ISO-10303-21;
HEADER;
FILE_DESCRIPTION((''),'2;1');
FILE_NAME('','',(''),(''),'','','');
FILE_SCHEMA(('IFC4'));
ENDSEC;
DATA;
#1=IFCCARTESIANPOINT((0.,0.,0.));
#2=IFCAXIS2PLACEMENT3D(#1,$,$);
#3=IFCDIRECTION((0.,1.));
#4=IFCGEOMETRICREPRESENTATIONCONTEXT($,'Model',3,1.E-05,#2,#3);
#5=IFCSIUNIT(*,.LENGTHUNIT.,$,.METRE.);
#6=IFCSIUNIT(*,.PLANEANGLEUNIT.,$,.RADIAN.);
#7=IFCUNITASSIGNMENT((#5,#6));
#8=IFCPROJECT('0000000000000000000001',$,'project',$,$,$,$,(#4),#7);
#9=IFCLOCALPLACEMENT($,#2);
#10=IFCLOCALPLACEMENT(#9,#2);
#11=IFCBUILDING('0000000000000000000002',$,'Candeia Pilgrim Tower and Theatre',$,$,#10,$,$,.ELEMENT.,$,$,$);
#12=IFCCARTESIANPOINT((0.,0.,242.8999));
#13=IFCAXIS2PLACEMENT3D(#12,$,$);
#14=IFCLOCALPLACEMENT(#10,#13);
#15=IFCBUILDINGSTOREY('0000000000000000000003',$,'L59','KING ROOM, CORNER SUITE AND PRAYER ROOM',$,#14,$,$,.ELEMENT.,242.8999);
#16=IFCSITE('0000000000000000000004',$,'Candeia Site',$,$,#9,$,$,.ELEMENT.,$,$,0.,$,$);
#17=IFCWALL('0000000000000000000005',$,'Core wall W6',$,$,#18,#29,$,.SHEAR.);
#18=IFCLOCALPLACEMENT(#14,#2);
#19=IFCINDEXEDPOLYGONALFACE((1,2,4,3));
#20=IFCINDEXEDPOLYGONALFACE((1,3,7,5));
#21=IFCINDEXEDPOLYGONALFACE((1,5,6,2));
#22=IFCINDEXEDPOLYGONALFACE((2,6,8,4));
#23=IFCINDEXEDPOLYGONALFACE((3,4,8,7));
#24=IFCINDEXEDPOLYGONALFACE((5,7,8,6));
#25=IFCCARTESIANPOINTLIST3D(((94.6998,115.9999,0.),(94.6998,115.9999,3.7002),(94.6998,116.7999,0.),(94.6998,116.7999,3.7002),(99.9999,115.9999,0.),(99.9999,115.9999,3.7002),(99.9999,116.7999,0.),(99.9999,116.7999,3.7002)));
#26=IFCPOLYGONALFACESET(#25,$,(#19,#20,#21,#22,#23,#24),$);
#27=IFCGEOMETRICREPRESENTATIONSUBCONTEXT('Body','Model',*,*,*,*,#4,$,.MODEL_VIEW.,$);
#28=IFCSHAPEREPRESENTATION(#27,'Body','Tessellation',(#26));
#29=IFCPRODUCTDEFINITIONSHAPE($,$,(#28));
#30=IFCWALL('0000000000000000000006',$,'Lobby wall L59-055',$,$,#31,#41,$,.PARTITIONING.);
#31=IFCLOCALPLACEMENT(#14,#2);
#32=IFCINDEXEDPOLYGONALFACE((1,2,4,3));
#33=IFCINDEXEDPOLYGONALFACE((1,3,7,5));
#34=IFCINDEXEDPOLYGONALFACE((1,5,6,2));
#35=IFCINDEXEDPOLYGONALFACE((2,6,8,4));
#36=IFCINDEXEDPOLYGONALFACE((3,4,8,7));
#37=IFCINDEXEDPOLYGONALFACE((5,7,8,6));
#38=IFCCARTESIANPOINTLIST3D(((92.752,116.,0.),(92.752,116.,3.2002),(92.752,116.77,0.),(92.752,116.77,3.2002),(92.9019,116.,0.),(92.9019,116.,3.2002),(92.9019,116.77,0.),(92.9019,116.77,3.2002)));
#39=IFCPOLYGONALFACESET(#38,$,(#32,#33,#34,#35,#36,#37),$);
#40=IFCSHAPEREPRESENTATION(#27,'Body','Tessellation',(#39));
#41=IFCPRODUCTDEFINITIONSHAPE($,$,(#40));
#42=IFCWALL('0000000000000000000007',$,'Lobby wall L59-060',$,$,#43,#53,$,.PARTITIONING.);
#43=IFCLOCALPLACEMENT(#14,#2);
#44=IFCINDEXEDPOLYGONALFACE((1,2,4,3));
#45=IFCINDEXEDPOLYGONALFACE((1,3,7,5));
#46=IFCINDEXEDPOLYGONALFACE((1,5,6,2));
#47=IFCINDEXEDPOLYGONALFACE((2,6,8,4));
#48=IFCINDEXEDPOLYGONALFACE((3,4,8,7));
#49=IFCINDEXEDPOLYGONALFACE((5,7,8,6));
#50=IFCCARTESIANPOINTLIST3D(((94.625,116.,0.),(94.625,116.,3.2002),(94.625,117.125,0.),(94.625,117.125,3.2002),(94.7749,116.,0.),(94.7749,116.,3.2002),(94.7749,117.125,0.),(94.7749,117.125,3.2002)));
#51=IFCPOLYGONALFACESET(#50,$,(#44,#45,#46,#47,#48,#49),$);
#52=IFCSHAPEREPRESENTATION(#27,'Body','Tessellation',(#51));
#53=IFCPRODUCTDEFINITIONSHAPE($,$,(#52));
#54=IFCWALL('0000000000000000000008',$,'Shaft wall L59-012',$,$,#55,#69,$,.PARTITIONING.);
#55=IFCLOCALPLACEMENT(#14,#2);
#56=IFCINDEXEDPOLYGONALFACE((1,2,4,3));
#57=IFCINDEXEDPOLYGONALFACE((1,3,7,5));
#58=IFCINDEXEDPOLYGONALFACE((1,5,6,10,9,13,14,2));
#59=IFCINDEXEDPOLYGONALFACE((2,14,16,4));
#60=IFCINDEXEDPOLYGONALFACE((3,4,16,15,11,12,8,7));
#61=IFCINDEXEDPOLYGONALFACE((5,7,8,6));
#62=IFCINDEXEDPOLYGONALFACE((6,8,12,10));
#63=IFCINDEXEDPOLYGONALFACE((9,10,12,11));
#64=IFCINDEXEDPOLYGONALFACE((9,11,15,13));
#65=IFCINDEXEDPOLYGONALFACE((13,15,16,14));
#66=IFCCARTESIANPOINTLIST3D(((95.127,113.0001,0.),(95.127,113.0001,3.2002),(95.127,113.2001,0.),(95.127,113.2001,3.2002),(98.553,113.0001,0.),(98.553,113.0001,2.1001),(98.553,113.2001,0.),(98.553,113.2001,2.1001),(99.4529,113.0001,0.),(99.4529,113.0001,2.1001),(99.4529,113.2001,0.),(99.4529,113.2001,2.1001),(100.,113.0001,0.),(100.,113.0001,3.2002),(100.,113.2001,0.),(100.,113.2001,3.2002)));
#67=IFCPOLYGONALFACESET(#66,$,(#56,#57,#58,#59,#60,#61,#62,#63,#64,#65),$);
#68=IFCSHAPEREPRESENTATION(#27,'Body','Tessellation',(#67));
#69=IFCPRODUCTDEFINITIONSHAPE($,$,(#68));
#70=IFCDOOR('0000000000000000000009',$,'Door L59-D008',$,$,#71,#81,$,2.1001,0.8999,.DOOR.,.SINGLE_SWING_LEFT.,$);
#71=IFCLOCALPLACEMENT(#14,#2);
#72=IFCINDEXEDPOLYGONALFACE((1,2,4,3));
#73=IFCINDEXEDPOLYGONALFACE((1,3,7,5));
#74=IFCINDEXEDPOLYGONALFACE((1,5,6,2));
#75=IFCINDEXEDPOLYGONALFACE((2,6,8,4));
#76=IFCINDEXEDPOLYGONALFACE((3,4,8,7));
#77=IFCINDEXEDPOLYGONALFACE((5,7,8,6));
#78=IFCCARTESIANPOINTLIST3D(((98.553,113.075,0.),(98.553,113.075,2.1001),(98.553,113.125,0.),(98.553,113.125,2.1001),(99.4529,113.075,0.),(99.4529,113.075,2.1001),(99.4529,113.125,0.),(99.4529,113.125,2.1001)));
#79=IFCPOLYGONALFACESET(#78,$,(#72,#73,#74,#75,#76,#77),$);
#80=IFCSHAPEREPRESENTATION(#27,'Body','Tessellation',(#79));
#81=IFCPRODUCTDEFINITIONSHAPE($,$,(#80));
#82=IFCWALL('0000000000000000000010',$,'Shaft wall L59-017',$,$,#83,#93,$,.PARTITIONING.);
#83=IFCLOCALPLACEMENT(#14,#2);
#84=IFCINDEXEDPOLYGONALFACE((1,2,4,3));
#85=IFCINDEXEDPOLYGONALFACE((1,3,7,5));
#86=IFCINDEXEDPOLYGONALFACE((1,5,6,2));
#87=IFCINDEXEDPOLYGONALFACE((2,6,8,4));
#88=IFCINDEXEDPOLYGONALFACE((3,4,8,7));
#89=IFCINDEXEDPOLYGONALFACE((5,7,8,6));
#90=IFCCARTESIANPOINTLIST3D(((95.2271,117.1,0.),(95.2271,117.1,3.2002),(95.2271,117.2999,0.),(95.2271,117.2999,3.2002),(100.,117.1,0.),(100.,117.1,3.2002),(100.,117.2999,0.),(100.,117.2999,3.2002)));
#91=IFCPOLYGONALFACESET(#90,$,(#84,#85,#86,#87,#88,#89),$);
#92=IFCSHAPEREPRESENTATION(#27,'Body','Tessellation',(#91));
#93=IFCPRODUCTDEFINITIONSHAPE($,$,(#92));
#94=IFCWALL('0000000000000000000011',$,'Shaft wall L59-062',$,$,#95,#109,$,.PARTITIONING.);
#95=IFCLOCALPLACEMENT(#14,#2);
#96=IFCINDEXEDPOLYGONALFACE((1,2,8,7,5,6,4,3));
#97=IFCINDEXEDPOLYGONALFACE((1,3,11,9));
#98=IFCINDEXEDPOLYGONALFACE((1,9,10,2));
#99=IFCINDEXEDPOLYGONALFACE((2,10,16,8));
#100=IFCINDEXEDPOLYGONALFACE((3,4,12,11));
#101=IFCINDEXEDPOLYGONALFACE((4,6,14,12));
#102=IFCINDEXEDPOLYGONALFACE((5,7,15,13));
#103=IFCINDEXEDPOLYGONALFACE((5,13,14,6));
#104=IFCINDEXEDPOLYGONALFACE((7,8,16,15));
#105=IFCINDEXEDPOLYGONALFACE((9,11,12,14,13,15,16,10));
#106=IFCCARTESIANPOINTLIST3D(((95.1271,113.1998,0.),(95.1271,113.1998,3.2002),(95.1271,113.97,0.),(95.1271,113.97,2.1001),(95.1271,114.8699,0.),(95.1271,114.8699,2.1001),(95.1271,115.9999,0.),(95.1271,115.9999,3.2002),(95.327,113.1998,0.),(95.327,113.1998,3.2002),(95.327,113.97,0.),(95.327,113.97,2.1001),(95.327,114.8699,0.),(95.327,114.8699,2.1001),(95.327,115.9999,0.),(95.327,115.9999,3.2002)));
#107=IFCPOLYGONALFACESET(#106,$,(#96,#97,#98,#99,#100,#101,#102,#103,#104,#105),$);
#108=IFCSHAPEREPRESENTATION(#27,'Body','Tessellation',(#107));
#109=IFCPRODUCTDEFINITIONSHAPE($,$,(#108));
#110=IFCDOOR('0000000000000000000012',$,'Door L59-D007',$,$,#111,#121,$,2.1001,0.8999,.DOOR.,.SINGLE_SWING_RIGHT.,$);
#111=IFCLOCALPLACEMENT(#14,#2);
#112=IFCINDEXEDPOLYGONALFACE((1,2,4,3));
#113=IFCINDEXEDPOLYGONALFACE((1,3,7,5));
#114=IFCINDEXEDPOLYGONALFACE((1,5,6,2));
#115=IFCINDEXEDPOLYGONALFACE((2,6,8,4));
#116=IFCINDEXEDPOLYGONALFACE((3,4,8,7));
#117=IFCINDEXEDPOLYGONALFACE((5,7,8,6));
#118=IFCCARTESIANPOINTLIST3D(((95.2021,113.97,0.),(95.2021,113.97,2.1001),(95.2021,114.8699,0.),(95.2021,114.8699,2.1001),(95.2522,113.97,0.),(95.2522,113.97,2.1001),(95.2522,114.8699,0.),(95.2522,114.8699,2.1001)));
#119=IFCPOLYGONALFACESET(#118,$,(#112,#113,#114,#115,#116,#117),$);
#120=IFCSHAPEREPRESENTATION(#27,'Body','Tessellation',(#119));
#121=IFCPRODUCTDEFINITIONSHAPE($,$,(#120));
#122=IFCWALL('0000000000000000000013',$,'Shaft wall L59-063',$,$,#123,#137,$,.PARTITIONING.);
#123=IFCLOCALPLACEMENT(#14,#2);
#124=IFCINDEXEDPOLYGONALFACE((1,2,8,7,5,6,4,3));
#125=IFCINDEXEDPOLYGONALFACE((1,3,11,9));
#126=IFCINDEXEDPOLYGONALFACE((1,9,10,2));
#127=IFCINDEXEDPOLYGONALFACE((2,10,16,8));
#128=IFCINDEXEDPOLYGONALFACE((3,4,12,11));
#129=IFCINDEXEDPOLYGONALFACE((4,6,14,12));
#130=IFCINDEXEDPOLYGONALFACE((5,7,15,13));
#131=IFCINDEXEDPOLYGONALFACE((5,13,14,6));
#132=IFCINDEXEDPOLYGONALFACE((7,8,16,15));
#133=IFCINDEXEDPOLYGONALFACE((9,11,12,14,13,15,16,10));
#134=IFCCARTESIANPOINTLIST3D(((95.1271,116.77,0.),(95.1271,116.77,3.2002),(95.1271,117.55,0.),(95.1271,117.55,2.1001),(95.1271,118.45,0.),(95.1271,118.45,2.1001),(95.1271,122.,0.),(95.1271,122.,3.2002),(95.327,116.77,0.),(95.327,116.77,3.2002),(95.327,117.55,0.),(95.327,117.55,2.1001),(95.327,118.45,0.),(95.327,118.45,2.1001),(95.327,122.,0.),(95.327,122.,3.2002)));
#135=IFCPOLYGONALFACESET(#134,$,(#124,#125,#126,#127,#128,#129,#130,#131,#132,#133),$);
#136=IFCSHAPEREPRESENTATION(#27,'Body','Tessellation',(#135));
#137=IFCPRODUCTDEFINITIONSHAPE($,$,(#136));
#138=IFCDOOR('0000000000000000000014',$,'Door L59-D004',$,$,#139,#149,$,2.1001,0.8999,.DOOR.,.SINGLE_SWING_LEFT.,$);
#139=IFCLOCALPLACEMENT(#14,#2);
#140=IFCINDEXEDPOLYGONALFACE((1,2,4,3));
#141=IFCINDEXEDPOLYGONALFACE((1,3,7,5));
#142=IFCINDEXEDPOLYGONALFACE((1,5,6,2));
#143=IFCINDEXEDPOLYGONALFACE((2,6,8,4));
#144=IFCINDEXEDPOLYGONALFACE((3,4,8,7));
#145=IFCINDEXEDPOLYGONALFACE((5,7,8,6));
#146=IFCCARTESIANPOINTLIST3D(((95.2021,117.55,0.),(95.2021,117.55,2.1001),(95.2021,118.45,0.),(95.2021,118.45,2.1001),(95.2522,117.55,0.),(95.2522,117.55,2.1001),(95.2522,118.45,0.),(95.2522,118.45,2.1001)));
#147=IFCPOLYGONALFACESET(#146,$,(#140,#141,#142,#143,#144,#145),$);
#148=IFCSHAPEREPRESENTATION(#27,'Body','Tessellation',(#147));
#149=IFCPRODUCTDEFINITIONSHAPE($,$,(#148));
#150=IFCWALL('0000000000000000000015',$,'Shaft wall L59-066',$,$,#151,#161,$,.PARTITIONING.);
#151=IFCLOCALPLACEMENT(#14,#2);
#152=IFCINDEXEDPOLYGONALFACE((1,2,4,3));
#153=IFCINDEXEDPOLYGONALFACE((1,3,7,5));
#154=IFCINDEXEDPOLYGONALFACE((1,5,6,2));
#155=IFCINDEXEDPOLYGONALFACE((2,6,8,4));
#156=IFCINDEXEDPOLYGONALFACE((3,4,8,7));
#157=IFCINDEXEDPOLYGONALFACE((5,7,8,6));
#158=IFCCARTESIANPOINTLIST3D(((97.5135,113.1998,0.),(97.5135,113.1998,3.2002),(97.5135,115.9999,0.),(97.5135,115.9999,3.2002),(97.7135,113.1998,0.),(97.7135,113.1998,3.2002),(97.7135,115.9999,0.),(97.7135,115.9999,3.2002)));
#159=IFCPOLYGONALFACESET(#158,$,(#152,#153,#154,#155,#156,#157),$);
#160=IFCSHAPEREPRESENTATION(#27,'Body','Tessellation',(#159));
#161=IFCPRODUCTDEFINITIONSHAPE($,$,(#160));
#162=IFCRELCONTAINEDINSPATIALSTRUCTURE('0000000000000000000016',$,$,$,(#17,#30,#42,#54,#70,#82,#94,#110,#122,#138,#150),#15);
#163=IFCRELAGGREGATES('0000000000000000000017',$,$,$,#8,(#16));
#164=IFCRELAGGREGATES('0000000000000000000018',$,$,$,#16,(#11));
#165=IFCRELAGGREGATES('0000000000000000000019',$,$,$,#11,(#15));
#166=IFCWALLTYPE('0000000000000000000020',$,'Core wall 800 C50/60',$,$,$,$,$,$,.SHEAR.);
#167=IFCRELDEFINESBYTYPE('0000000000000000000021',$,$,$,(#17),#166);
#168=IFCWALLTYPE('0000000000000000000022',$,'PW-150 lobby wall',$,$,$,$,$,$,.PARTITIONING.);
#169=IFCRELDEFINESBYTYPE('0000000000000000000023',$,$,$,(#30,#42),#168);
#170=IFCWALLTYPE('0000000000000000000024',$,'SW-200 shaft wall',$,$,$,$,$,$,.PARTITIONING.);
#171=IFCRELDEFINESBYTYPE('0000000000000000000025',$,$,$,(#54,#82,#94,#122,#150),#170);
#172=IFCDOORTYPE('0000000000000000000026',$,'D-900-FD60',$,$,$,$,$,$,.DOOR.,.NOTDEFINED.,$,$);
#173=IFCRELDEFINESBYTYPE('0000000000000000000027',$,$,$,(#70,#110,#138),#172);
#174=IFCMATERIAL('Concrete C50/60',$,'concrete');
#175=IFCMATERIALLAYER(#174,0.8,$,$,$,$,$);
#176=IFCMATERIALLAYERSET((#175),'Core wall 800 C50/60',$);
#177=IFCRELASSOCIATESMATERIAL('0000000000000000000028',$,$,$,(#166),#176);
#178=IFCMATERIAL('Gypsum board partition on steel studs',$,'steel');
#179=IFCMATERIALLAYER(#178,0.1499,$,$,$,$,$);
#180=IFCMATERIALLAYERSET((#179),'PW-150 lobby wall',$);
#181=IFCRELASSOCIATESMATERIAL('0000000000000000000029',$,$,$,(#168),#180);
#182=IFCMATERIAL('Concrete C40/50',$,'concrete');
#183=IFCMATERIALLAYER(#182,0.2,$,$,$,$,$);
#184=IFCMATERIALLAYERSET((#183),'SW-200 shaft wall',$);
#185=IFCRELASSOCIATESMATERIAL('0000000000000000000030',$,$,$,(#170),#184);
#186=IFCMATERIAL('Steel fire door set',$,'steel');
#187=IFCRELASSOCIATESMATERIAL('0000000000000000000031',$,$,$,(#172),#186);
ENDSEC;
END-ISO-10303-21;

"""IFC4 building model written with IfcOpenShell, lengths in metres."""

from ifc_helpers import new_model, si_unit, direction, frame, frame_2d, origin, place, context, subcontext, project, spatial, rectangle, extrude, material, layer, layer_set, type_object, element, fill, save


model = new_model("IFC4")

# Units and contexts
model_context = context("Model", 3, precision=1e-05, world=origin(), true_north=direction((0.0, 1.0)))
body_context = subcontext(model_context, "Body", "Model", "MODEL_VIEW")
ifc_project = project(units=[si_unit("LENGTHUNIT", "METRE"), si_unit("PLANEANGLEUNIT", "RADIAN")], contexts=[model_context])

# Site, building, storey
site_placement = place(None, origin())
site = spatial("IfcSite", under=ifc_project, at=site_placement, Name="Candeia Site", CompositionType="ELEMENT", RefElevation=0.0)
building_placement = place(site_placement, origin())
building = spatial("IfcBuilding", under=site, at=building_placement, Name="Candeia Pilgrim Tower and Theatre", CompositionType="ELEMENT")
storey_placement = place(building_placement, frame((0.0, 0.0, 242.8999)))
storey = spatial("IfcBuildingStorey", under=building, at=storey_placement, Name="L59", Description="KING ROOM, CORNER SUITE AND PRAYER ROOM", CompositionType="ELEMENT", Elevation=242.8999)

# Walls
ifc_material_1 = material(Name="Concrete C50/60", Category="concrete")
ifc_layer_1 = layer(ifc_material_1, 0.8)
ifc_layer_set_1 = layer_set([ifc_layer_1], Name="Core wall 800 C50/60")
wall_type_1 = type_object("IfcWallType", Name="Core wall 800 C50/60", PredefinedType="SHEAR", material=ifc_layer_set_1)
wall_1_placement = place(storey_placement, frame((94.7, 116.3999, 0.0), z_axis=(0.0, 0.0, 1.0), x_axis=(1.0, 0.0, 0.0)))
element("IfcWall", 1, at=wall_1_placement, inside=storey, type_object=wall_type_1, Name="Core wall W6", PredefinedType="SHEAR", context=body_context, shape_type="SweptSolid", body=[
    extrude(rectangle(XDim=5.3, YDim=0.8, at=frame_2d((2.6499, 0.0))), origin(), (0.0, 0.0, 1.0), 3.7002),
])
ifc_material_2 = material(Name="Gypsum board partition on steel studs", Category="steel")
ifc_layer_2 = layer(ifc_material_2, 0.1499)
ifc_layer_set_2 = layer_set([ifc_layer_2], Name="PW-150 lobby wall")
wall_type_2 = type_object("IfcWallType", Name="PW-150 lobby wall", PredefinedType="PARTITIONING", material=ifc_layer_set_2)
wall_2_placement = place(storey_placement, frame((92.8269, 116.0, 0.0), z_axis=(0.0, 0.0, 1.0), x_axis=(0.0, 1.0, 0.0)))
element("IfcWall", 2, at=wall_2_placement, inside=storey, type_object=wall_type_2, Name="Lobby wall L59-055", PredefinedType="PARTITIONING", context=body_context, shape_type="SweptSolid", body=[
    extrude(rectangle(XDim=0.77, YDim=0.1499, at=frame_2d((0.385, 0.0))), origin(), (0.0, 0.0, 1.0), 3.2002),
])
wall_3_placement = place(storey_placement, frame((94.7, 116.0, 0.0), z_axis=(0.0, 0.0, 1.0), x_axis=(0.0, 1.0, 0.0)))
element("IfcWall", 3, at=wall_3_placement, inside=storey, type_object=wall_type_2, Name="Lobby wall L59-060", PredefinedType="PARTITIONING", context=body_context, shape_type="SweptSolid", body=[
    extrude(rectangle(XDim=1.125, YDim=0.1499, at=frame_2d((0.5625, 0.0))), origin(), (0.0, 0.0, 1.0), 3.2002),
])

# Wall, opening, door
ifc_material_3 = material(Name="Concrete C40/50", Category="concrete")
ifc_layer_3 = layer(ifc_material_3, 0.2)
ifc_layer_set_3 = layer_set([ifc_layer_3], Name="SW-200 shaft wall")
wall_type_3 = type_object("IfcWallType", Name="SW-200 shaft wall", PredefinedType="PARTITIONING", material=ifc_layer_set_3)
wall_4_placement = place(storey_placement, frame((95.127, 113.1001, 0.0), z_axis=(0.0, 0.0, 1.0), x_axis=(1.0, 0.0, 0.0)))
wall_4 = element("IfcWall", 4, at=wall_4_placement, inside=storey, type_object=wall_type_3, Name="Shaft wall L59-012", PredefinedType="PARTITIONING", context=body_context, shape_type="SweptSolid", body=[
    extrude(rectangle(XDim=4.873, YDim=0.2, at=frame_2d((2.4365, 0.0))), origin(), (0.0, 0.0, 1.0), 3.2002),
])
opening_1_placement = place(wall_4_placement, frame((3.426, 0.0, 0.0)))
opening_1 = element("IfcOpeningElement", 5, at=opening_1_placement, cuts=wall_4, PredefinedType="OPENING", context=body_context, shape_type="SweptSolid", body=[
    extrude(rectangle(XDim=0.8999, YDim=2.1001, at=frame_2d((0.45, 1.05))), frame((0.0, 0.1099, 0.0), z_axis=(0.0, -1.0, 0.0), x_axis=(1.0, 0.0, 0.0)), (0.0, 0.0, 1.0), 0.22),
])
ifc_material_4 = material(Name="Steel fire door set", Category="steel")
door_type_1 = type_object("IfcDoorType", Name="D-900-FD60", OperationType="NOTDEFINED", PredefinedType="DOOR", material=ifc_material_4)
door_1_placement = place(opening_1_placement, origin())
door_1 = element("IfcDoor", 6, at=door_1_placement, inside=storey, type_object=door_type_1, Name="Door L59-D008", OperationType="SINGLE_SWING_LEFT", OverallHeight=2.1001, OverallWidth=0.8999, PredefinedType="DOOR", context=body_context, shape_type="SweptSolid", body=[
    extrude(rectangle(XDim=0.8999, YDim=2.1001, at=frame_2d((0.45, 1.05))), frame((0.0, 0.0249, 0.0), z_axis=(0.0, -1.0, 0.0), x_axis=(1.0, 0.0, 0.0)), (0.0, 0.0, 1.0), 0.05),
])
fill(opening_1, door_1)

# Wall
wall_5_placement = place(storey_placement, frame((95.2271, 117.2, 0.0), z_axis=(0.0, 0.0, 1.0), x_axis=(1.0, 0.0, 0.0)))
element("IfcWall", 7, at=wall_5_placement, inside=storey, type_object=wall_type_3, Name="Shaft wall L59-017", PredefinedType="PARTITIONING", context=body_context, shape_type="SweptSolid", body=[
    extrude(rectangle(XDim=4.7729, YDim=0.2, at=frame_2d((2.3865, 0.0))), origin(), (0.0, 0.0, 1.0), 3.2002),
])

# Walls, openings, doors
wall_6_placement = place(storey_placement, frame((95.2271, 113.2, 0.0), z_axis=(0.0, 0.0, 1.0), x_axis=(0.0, 1.0, 0.0)))
wall_6 = element("IfcWall", 8, at=wall_6_placement, inside=storey, type_object=wall_type_3, Name="Shaft wall L59-062", PredefinedType="PARTITIONING", context=body_context, shape_type="SweptSolid", body=[
    extrude(rectangle(XDim=2.8, YDim=0.2, at=frame_2d((1.3999, 0.0))), origin(), (0.0, 0.0, 1.0), 3.2002),
])
opening_2_placement = place(wall_6_placement, frame((0.77, 0.0, 0.0)))
opening_2 = element("IfcOpeningElement", 9, at=opening_2_placement, cuts=wall_6, PredefinedType="OPENING", context=body_context, shape_type="SweptSolid", body=[
    extrude(rectangle(XDim=0.8999, YDim=2.1001, at=frame_2d((0.45, 1.05))), frame((0.0, 0.1099, 0.0), z_axis=(0.0, -1.0, 0.0), x_axis=(1.0, 0.0, 0.0)), (0.0, 0.0, 1.0), 0.22),
])
door_2_placement = place(opening_2_placement, origin())
door_2 = element("IfcDoor", 10, at=door_2_placement, inside=storey, type_object=door_type_1, Name="Door L59-D007", OperationType="SINGLE_SWING_RIGHT", OverallHeight=2.1001, OverallWidth=0.8999, PredefinedType="DOOR", context=body_context, shape_type="SweptSolid", body=[
    extrude(rectangle(XDim=0.8999, YDim=2.1001, at=frame_2d((0.45, 1.05))), frame((0.0, 0.0249, 0.0), z_axis=(0.0, -1.0, 0.0), x_axis=(1.0, 0.0, 0.0)), (0.0, 0.0, 1.0), 0.05),
])
fill(opening_2, door_2)
wall_7_placement = place(storey_placement, frame((95.2271, 116.77, 0.0), z_axis=(0.0, 0.0, 1.0), x_axis=(0.0, 1.0, 0.0)))
wall_7 = element("IfcWall", 11, at=wall_7_placement, inside=storey, type_object=wall_type_3, Name="Shaft wall L59-063", PredefinedType="PARTITIONING", context=body_context, shape_type="SweptSolid", body=[
    extrude(rectangle(XDim=5.23, YDim=0.2, at=frame_2d((2.615, 0.0))), origin(), (0.0, 0.0, 1.0), 3.2002),
])
opening_3_placement = place(wall_7_placement, frame((0.78, 0.0, 0.0)))
opening_3 = element("IfcOpeningElement", 12, at=opening_3_placement, cuts=wall_7, PredefinedType="OPENING", context=body_context, shape_type="SweptSolid", body=[
    extrude(rectangle(XDim=0.8999, YDim=2.1001, at=frame_2d((0.45, 1.05))), frame((0.0, 0.1099, 0.0), z_axis=(0.0, -1.0, 0.0), x_axis=(1.0, 0.0, 0.0)), (0.0, 0.0, 1.0), 0.22),
])
door_3_placement = place(opening_3_placement, origin())
door_3 = element("IfcDoor", 13, at=door_3_placement, inside=storey, type_object=door_type_1, Name="Door L59-D004", OperationType="SINGLE_SWING_LEFT", OverallHeight=2.1001, OverallWidth=0.8999, PredefinedType="DOOR", context=body_context, shape_type="SweptSolid", body=[
    extrude(rectangle(XDim=0.8999, YDim=2.1001, at=frame_2d((0.45, 1.05))), frame((0.0, 0.0249, 0.0), z_axis=(0.0, -1.0, 0.0), x_axis=(1.0, 0.0, 0.0)), (0.0, 0.0, 1.0), 0.05),
])
fill(opening_3, door_3)

# Wall
wall_8_placement = place(storey_placement, frame((97.6135, 113.2, 0.0), z_axis=(0.0, 0.0, 1.0), x_axis=(0.0, 1.0, 0.0)))
element("IfcWall", 14, at=wall_8_placement, inside=storey, type_object=wall_type_3, Name="Shaft wall L59-066", PredefinedType="PARTITIONING", context=body_context, shape_type="SweptSolid", body=[
    extrude(rectangle(XDim=2.8, YDim=0.2, at=frame_2d((1.3999, 0.0))), origin(), (0.0, 0.0, 1.0), 3.2002),
])

save(model, "model.ifc")
